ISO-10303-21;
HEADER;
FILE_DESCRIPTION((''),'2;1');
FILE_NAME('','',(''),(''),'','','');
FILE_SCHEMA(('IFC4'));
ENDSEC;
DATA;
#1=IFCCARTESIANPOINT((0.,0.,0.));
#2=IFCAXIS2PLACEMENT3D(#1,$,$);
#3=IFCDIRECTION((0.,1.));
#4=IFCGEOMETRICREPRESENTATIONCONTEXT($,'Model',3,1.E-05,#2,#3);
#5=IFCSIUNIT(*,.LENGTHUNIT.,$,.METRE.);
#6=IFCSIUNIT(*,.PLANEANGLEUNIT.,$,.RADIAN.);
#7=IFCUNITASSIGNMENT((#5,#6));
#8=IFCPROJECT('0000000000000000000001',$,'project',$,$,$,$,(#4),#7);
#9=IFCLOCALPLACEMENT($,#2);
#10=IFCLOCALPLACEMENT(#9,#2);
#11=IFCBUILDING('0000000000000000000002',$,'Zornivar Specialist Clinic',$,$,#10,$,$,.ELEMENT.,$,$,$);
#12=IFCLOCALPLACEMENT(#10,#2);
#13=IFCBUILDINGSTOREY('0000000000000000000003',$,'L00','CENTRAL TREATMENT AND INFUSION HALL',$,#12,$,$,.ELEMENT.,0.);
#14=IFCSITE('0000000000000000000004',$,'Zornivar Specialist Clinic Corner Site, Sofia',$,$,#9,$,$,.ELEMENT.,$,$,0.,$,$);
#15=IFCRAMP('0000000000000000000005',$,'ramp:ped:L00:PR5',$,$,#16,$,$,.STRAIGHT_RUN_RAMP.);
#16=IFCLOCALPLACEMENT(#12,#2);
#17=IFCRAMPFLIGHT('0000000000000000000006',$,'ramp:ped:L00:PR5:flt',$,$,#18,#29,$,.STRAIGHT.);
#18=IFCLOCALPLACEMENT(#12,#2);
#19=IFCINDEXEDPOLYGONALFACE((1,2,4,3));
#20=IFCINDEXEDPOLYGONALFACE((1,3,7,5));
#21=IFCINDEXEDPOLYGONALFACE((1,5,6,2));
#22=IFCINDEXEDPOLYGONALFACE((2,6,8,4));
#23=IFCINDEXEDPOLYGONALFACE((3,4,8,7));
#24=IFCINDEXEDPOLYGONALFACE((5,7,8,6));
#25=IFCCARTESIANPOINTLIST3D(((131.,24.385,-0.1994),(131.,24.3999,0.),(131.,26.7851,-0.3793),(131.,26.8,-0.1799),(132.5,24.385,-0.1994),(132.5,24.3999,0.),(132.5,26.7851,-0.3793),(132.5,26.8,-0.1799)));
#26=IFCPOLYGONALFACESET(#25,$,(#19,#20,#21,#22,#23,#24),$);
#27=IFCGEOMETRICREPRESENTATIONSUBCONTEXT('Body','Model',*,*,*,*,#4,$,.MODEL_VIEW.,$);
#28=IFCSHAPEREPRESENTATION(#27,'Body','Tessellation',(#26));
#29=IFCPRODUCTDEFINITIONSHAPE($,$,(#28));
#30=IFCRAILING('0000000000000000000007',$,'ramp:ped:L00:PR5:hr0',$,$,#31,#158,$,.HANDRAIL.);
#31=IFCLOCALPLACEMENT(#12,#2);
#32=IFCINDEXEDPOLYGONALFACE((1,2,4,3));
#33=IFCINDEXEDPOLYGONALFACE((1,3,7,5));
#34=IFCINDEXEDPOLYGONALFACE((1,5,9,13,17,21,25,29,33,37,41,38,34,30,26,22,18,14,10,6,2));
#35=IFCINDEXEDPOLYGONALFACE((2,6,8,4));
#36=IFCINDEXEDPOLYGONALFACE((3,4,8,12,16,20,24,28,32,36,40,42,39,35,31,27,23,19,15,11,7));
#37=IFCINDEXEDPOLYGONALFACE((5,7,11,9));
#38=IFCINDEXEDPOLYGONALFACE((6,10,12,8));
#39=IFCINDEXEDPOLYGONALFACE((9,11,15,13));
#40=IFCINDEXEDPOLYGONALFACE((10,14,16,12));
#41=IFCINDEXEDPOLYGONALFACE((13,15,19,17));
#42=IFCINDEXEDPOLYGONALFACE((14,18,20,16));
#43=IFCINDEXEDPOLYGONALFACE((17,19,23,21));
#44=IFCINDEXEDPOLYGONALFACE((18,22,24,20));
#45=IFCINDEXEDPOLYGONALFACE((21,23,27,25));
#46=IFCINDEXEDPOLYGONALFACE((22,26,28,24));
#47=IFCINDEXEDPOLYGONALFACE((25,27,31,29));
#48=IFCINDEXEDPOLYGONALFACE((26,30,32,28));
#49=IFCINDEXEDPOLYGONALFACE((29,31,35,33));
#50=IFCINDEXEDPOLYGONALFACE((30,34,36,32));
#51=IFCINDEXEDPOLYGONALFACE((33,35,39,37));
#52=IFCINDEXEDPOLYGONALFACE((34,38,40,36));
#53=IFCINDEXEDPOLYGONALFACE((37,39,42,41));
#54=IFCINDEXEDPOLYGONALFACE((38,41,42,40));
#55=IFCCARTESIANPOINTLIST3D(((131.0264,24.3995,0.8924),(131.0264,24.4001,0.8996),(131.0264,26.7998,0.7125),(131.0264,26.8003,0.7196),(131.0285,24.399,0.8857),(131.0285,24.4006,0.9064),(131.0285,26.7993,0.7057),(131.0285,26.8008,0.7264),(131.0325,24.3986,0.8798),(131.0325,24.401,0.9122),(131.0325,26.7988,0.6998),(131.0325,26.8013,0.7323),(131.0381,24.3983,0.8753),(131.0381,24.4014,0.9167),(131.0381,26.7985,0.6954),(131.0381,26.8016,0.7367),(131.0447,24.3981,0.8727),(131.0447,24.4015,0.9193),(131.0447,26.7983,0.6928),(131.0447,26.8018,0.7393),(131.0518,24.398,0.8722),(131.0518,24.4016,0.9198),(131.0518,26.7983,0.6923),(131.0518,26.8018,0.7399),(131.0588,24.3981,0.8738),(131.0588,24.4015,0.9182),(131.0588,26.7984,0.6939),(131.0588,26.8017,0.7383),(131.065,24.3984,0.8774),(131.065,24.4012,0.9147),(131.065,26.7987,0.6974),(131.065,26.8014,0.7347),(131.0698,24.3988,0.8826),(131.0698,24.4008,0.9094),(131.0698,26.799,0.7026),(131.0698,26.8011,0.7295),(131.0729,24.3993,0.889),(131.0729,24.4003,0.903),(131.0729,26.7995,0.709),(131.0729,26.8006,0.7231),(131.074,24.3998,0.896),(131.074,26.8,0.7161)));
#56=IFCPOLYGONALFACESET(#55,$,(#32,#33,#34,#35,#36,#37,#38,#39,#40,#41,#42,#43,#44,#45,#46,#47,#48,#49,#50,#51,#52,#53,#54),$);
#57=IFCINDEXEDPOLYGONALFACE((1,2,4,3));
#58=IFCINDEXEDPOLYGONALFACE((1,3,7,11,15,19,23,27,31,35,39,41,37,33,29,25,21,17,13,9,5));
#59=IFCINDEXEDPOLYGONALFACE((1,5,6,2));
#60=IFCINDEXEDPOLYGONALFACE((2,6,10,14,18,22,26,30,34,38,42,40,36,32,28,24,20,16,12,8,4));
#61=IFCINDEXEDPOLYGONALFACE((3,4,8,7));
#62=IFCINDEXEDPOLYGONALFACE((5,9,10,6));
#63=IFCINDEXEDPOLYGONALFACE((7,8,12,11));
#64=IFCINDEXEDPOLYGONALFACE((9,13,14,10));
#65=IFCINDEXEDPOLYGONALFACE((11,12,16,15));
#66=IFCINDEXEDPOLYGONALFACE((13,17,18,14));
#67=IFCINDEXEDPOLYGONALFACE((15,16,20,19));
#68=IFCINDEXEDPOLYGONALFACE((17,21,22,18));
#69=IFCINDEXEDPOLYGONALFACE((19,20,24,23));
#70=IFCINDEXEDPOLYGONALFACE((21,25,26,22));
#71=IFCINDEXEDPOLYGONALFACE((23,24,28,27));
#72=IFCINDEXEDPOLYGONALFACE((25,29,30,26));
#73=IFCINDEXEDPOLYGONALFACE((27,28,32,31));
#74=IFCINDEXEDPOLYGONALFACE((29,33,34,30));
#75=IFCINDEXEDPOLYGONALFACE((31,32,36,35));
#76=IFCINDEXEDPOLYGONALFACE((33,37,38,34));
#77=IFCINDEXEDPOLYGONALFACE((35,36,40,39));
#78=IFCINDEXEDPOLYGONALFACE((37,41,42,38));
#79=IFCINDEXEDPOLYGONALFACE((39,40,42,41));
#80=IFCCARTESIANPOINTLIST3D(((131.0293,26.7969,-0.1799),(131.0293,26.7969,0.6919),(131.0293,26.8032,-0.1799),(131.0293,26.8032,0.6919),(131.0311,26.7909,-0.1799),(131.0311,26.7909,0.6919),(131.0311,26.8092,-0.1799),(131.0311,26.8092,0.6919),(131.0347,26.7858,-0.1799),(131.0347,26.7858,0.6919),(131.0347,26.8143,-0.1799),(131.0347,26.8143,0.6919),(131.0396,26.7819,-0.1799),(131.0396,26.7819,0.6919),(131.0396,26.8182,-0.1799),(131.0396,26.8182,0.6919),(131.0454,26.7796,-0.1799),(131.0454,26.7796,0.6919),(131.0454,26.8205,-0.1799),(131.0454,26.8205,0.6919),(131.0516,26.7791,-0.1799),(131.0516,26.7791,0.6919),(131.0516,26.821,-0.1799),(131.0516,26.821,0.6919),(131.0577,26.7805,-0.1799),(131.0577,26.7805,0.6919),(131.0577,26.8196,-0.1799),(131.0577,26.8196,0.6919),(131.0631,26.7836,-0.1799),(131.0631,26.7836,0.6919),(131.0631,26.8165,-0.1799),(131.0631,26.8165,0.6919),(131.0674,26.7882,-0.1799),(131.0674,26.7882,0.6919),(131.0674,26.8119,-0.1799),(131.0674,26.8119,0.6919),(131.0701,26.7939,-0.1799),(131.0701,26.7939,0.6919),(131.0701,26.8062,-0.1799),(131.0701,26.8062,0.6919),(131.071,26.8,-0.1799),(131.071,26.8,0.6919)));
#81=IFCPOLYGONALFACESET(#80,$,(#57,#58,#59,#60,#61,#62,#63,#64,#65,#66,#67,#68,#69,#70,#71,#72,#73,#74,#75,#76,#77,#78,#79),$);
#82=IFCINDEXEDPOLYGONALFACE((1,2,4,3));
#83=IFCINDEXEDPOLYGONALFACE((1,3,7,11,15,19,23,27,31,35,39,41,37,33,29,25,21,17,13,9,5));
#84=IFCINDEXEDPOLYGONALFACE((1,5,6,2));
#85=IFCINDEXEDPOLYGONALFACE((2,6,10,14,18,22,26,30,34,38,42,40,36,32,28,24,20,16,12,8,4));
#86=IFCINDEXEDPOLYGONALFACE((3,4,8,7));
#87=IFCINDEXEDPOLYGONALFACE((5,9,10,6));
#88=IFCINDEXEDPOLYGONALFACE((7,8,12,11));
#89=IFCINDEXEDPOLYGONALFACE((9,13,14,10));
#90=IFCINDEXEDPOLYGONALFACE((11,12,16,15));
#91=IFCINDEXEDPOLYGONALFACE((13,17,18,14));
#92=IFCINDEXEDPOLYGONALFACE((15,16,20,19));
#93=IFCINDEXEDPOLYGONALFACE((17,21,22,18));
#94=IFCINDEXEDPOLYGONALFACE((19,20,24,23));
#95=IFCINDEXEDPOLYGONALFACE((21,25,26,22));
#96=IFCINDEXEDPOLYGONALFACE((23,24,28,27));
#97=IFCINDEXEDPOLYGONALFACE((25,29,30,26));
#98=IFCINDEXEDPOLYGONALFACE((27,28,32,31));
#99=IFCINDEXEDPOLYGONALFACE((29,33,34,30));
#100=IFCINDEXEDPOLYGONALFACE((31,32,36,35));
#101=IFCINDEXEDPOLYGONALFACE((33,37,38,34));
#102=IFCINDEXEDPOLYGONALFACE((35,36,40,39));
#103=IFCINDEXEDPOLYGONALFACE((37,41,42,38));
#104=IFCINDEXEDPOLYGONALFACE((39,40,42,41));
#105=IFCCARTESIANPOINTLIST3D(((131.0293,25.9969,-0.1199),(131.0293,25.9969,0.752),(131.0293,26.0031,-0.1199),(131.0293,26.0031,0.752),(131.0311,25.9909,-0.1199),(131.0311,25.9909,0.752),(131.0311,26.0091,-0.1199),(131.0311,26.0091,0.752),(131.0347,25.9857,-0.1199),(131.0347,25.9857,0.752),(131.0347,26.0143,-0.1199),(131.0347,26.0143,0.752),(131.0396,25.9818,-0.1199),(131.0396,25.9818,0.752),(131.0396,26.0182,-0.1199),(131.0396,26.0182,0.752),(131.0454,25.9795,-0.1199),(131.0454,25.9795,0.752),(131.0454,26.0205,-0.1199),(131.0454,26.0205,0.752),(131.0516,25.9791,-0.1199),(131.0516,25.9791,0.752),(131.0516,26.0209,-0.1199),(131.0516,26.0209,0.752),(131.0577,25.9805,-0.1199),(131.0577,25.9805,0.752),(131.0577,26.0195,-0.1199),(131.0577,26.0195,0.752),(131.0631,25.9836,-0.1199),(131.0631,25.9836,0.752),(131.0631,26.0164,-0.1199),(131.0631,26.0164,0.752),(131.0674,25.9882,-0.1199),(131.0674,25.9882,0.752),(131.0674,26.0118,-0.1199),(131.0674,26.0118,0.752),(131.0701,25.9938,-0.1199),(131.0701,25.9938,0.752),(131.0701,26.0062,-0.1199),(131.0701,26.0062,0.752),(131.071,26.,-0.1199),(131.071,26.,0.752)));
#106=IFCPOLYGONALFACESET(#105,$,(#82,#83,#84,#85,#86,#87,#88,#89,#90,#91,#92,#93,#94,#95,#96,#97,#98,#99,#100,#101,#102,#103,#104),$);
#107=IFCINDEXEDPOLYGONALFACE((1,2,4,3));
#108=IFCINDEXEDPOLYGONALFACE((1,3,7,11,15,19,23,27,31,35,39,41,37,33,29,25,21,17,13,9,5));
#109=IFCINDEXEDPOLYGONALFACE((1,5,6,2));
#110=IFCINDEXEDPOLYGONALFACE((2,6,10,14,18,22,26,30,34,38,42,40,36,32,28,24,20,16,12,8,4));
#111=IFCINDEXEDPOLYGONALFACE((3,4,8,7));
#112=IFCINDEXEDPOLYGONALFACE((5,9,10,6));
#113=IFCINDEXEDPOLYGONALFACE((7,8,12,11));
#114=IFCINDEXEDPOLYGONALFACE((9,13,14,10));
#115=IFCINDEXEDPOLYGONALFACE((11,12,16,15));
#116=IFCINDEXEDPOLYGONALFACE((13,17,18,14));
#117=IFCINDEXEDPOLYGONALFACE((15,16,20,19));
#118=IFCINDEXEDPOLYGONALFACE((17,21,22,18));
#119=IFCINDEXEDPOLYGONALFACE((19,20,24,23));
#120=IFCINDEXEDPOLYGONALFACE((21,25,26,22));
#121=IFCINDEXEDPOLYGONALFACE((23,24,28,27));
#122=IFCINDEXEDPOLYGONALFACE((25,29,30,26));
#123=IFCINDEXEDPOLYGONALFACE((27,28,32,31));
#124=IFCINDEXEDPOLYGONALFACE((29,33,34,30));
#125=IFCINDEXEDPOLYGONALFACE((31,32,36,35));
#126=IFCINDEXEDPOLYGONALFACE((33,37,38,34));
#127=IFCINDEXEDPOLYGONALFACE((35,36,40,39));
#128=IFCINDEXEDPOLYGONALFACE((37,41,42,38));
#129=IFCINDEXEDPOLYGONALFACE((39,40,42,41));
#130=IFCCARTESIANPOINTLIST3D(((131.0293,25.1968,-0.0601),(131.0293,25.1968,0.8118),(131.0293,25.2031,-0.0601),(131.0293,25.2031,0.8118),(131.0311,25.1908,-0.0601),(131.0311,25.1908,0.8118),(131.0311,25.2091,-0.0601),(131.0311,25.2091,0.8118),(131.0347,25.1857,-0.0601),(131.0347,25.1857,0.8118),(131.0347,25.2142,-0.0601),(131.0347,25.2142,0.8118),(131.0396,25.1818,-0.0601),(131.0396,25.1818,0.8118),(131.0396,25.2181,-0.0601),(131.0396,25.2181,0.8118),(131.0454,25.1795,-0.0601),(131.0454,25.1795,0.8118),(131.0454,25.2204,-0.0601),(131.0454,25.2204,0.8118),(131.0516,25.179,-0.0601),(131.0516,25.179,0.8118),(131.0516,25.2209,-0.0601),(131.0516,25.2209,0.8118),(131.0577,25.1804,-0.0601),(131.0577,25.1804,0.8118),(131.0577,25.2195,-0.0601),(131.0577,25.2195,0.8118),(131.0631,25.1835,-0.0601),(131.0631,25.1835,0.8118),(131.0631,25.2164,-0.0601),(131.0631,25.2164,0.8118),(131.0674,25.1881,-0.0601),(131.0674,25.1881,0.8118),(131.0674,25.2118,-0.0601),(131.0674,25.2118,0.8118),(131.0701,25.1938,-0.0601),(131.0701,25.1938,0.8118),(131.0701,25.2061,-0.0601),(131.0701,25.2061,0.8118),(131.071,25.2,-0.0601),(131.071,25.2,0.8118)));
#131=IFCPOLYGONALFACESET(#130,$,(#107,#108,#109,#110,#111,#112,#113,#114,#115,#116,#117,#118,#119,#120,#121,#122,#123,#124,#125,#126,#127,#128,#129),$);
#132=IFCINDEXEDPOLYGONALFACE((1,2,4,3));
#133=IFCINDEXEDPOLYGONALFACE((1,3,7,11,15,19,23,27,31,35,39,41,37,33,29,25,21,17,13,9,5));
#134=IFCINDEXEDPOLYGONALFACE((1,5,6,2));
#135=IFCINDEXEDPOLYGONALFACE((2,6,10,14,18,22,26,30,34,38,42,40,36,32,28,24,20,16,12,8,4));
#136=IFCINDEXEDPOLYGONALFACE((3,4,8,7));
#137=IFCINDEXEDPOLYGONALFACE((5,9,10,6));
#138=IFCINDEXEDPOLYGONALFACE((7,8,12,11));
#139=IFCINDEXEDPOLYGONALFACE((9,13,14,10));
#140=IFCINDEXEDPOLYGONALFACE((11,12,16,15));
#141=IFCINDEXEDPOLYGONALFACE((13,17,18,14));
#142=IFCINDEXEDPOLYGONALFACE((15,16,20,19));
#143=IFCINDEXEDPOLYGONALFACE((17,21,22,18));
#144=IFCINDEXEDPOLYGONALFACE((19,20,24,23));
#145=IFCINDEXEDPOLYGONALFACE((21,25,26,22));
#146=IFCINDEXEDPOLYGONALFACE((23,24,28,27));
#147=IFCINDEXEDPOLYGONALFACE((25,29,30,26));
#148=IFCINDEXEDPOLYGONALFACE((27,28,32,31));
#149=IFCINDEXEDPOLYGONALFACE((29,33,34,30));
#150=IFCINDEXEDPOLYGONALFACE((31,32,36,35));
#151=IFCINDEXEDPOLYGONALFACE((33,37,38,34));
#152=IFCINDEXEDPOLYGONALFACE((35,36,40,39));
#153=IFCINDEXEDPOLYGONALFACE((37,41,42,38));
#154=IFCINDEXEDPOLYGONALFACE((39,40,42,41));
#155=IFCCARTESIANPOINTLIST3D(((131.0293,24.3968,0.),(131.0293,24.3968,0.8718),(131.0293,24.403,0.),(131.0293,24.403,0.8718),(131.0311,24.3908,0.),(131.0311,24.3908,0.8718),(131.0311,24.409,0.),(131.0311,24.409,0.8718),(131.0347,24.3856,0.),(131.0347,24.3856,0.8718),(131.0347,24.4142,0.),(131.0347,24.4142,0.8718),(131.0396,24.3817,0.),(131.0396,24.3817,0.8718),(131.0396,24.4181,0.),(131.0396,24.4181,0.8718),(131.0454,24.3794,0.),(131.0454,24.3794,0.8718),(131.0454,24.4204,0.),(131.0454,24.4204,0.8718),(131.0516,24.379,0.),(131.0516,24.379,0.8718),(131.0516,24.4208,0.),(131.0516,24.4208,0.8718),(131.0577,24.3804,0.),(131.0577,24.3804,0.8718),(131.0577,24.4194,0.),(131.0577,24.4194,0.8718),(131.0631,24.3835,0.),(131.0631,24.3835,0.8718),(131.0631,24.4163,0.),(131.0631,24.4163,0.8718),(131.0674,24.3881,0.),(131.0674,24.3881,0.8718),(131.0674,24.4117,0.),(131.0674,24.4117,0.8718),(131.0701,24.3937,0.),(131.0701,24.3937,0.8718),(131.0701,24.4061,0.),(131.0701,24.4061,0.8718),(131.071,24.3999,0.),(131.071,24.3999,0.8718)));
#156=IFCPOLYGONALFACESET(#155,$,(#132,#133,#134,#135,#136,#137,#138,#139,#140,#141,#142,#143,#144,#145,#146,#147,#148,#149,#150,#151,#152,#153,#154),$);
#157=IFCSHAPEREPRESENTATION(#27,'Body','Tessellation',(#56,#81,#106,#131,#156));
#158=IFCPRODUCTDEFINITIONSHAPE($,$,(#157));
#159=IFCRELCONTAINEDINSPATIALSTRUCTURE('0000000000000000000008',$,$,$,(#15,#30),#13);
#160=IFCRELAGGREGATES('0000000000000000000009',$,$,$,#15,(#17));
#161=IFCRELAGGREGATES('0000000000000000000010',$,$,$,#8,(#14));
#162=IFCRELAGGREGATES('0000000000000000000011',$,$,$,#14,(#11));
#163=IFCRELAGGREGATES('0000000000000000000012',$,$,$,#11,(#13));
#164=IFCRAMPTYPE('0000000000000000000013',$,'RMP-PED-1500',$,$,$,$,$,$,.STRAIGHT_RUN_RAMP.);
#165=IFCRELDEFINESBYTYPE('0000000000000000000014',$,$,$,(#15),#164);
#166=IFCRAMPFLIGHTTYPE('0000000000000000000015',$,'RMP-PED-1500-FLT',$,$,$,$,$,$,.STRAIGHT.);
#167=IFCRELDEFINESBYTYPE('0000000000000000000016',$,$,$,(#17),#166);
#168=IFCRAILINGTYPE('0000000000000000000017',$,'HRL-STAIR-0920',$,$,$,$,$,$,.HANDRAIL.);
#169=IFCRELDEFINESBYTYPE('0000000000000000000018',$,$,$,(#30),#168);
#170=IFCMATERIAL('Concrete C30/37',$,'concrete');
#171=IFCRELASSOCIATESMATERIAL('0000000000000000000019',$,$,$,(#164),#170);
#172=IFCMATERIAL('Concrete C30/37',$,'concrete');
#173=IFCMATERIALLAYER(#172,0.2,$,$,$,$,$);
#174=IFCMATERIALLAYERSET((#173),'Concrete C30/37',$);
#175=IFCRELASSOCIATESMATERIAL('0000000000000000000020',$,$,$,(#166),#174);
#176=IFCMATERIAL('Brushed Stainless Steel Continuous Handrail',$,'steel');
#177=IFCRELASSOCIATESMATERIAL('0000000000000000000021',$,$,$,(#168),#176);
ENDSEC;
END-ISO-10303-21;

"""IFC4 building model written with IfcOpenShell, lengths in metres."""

from ifc_helpers import new_model, si_unit, direction, frame, origin, origin_2d, place, context, subcontext, project, spatial, polyline, circle, outline, extrude, material, layer, layer_set, type_object, element, aggregate, save


model = new_model("IFC4")

# Units and contexts
model_context = context("Model", 3, precision=1e-05, world=origin(), true_north=direction((0.0, 1.0)))
body_context = subcontext(model_context, "Body", "Model", "MODEL_VIEW")
ifc_project = project(units=[si_unit("LENGTHUNIT", "METRE"), si_unit("PLANEANGLEUNIT", "RADIAN")], contexts=[model_context])

# Site, building, storey
site_placement = place(None, origin())
site = spatial("IfcSite", under=ifc_project, at=site_placement, Name="Zornivar Specialist Clinic Corner Site, Sofia", CompositionType="ELEMENT", RefElevation=0.0)
building_placement = place(site_placement, origin())
building = spatial("IfcBuilding", under=site, at=building_placement, Name="Zornivar Specialist Clinic", CompositionType="ELEMENT")
storey_placement = place(building_placement, origin())
storey = spatial("IfcBuildingStorey", under=building, at=storey_placement, Name="L00", Description="CENTRAL TREATMENT AND INFUSION HALL", CompositionType="ELEMENT", Elevation=0.0)

# Ramp, ramp flight
ifc_material_1 = material(Name="Concrete C30/37", Category="concrete")
ramp_type = type_object("IfcRampType", Name="RMP-PED-1500", PredefinedType="STRAIGHT_RUN_RAMP", material=ifc_material_1)
ramp_placement = place(storey_placement, origin())
ramp = element("IfcRamp", 1, at=ramp_placement, inside=storey, type_object=ramp_type, Name="ramp:ped:L00:PR5", PredefinedType="STRAIGHT_RUN_RAMP")
ifc_material_2 = material(Name="Concrete C30/37", Category="concrete")
ifc_layer_1 = layer(ifc_material_2, 0.2)
ifc_layer_set_1 = layer_set([ifc_layer_1], Name="Concrete C30/37")
ramp_flight_type = type_object("IfcRampFlightType", Name="RMP-PED-1500-FLT", PredefinedType="STRAIGHT", material=ifc_layer_set_1)
ramp_flight_placement = place(storey_placement, frame((131.0, 26.8, -0.1799), z_axis=(0.0, 0.074757, 0.997202), x_axis=(1.0, 0.0, 0.0)))
ramp_flight = element("IfcRampFlight", 2, at=ramp_flight_placement, type_object=ramp_flight_type, Name="ramp:ped:L00:PR5:flt", PredefinedType="STRAIGHT", context=body_context, shape_type="SweptSolid", body=[
    extrude(outline(polyline([(0.0, 0.0), (1.5, 0.0), (1.5, -2.4069), (0.0, -2.4069), (0.0, 0.0)])), origin(), (0.0, 0.0, -1.0), 0.2),
])
aggregate(ramp, [ramp_flight])

# Railing
ifc_material_3 = material(Name="Brushed Stainless Steel Continuous Handrail", Category="steel")
railing_type_1 = type_object("IfcRailingType", Name="HRL-STAIR-0920", PredefinedType="HANDRAIL", material=ifc_material_3)
for number, where, name in (
    (3, (131.05, 26.8, -0.1799), "ramp:ped:L00:PR5:hr0"),
):
    element("IfcRailing", number, at=place(storey_placement, frame(where)), inside=storey, type_object=railing_type_1, Name=name, PredefinedType="HANDRAIL", context=body_context, shape_type="SweptSolid", body=[
        extrude(circle(Radius=0.0239, at=origin_2d()), frame((0.0, 0.0, 0.896), z_axis=(0.0, -0.997202, 0.074757), x_axis=(1.0, 0.0, 0.0)), (0.0, 0.0, 1.0), 2.407),
        extrude(circle(Radius=0.021, at=origin_2d()), origin(), (0.0, 0.0, 1.0), 0.8718),
        extrude(circle(Radius=0.021, at=origin_2d()), frame((0.0, -0.8, 0.0601)), (0.0, 0.0, 1.0), 0.8718),
        extrude(circle(Radius=0.021, at=origin_2d()), frame((0.0, -1.6001, 0.1199)), (0.0, 0.0, 1.0), 0.8718),
        extrude(circle(Radius=0.021, at=origin_2d()), frame((0.0, -2.4001, 0.1799)), (0.0, 0.0, 1.0), 0.8718),
    ])

save(model, "model.ifc")
